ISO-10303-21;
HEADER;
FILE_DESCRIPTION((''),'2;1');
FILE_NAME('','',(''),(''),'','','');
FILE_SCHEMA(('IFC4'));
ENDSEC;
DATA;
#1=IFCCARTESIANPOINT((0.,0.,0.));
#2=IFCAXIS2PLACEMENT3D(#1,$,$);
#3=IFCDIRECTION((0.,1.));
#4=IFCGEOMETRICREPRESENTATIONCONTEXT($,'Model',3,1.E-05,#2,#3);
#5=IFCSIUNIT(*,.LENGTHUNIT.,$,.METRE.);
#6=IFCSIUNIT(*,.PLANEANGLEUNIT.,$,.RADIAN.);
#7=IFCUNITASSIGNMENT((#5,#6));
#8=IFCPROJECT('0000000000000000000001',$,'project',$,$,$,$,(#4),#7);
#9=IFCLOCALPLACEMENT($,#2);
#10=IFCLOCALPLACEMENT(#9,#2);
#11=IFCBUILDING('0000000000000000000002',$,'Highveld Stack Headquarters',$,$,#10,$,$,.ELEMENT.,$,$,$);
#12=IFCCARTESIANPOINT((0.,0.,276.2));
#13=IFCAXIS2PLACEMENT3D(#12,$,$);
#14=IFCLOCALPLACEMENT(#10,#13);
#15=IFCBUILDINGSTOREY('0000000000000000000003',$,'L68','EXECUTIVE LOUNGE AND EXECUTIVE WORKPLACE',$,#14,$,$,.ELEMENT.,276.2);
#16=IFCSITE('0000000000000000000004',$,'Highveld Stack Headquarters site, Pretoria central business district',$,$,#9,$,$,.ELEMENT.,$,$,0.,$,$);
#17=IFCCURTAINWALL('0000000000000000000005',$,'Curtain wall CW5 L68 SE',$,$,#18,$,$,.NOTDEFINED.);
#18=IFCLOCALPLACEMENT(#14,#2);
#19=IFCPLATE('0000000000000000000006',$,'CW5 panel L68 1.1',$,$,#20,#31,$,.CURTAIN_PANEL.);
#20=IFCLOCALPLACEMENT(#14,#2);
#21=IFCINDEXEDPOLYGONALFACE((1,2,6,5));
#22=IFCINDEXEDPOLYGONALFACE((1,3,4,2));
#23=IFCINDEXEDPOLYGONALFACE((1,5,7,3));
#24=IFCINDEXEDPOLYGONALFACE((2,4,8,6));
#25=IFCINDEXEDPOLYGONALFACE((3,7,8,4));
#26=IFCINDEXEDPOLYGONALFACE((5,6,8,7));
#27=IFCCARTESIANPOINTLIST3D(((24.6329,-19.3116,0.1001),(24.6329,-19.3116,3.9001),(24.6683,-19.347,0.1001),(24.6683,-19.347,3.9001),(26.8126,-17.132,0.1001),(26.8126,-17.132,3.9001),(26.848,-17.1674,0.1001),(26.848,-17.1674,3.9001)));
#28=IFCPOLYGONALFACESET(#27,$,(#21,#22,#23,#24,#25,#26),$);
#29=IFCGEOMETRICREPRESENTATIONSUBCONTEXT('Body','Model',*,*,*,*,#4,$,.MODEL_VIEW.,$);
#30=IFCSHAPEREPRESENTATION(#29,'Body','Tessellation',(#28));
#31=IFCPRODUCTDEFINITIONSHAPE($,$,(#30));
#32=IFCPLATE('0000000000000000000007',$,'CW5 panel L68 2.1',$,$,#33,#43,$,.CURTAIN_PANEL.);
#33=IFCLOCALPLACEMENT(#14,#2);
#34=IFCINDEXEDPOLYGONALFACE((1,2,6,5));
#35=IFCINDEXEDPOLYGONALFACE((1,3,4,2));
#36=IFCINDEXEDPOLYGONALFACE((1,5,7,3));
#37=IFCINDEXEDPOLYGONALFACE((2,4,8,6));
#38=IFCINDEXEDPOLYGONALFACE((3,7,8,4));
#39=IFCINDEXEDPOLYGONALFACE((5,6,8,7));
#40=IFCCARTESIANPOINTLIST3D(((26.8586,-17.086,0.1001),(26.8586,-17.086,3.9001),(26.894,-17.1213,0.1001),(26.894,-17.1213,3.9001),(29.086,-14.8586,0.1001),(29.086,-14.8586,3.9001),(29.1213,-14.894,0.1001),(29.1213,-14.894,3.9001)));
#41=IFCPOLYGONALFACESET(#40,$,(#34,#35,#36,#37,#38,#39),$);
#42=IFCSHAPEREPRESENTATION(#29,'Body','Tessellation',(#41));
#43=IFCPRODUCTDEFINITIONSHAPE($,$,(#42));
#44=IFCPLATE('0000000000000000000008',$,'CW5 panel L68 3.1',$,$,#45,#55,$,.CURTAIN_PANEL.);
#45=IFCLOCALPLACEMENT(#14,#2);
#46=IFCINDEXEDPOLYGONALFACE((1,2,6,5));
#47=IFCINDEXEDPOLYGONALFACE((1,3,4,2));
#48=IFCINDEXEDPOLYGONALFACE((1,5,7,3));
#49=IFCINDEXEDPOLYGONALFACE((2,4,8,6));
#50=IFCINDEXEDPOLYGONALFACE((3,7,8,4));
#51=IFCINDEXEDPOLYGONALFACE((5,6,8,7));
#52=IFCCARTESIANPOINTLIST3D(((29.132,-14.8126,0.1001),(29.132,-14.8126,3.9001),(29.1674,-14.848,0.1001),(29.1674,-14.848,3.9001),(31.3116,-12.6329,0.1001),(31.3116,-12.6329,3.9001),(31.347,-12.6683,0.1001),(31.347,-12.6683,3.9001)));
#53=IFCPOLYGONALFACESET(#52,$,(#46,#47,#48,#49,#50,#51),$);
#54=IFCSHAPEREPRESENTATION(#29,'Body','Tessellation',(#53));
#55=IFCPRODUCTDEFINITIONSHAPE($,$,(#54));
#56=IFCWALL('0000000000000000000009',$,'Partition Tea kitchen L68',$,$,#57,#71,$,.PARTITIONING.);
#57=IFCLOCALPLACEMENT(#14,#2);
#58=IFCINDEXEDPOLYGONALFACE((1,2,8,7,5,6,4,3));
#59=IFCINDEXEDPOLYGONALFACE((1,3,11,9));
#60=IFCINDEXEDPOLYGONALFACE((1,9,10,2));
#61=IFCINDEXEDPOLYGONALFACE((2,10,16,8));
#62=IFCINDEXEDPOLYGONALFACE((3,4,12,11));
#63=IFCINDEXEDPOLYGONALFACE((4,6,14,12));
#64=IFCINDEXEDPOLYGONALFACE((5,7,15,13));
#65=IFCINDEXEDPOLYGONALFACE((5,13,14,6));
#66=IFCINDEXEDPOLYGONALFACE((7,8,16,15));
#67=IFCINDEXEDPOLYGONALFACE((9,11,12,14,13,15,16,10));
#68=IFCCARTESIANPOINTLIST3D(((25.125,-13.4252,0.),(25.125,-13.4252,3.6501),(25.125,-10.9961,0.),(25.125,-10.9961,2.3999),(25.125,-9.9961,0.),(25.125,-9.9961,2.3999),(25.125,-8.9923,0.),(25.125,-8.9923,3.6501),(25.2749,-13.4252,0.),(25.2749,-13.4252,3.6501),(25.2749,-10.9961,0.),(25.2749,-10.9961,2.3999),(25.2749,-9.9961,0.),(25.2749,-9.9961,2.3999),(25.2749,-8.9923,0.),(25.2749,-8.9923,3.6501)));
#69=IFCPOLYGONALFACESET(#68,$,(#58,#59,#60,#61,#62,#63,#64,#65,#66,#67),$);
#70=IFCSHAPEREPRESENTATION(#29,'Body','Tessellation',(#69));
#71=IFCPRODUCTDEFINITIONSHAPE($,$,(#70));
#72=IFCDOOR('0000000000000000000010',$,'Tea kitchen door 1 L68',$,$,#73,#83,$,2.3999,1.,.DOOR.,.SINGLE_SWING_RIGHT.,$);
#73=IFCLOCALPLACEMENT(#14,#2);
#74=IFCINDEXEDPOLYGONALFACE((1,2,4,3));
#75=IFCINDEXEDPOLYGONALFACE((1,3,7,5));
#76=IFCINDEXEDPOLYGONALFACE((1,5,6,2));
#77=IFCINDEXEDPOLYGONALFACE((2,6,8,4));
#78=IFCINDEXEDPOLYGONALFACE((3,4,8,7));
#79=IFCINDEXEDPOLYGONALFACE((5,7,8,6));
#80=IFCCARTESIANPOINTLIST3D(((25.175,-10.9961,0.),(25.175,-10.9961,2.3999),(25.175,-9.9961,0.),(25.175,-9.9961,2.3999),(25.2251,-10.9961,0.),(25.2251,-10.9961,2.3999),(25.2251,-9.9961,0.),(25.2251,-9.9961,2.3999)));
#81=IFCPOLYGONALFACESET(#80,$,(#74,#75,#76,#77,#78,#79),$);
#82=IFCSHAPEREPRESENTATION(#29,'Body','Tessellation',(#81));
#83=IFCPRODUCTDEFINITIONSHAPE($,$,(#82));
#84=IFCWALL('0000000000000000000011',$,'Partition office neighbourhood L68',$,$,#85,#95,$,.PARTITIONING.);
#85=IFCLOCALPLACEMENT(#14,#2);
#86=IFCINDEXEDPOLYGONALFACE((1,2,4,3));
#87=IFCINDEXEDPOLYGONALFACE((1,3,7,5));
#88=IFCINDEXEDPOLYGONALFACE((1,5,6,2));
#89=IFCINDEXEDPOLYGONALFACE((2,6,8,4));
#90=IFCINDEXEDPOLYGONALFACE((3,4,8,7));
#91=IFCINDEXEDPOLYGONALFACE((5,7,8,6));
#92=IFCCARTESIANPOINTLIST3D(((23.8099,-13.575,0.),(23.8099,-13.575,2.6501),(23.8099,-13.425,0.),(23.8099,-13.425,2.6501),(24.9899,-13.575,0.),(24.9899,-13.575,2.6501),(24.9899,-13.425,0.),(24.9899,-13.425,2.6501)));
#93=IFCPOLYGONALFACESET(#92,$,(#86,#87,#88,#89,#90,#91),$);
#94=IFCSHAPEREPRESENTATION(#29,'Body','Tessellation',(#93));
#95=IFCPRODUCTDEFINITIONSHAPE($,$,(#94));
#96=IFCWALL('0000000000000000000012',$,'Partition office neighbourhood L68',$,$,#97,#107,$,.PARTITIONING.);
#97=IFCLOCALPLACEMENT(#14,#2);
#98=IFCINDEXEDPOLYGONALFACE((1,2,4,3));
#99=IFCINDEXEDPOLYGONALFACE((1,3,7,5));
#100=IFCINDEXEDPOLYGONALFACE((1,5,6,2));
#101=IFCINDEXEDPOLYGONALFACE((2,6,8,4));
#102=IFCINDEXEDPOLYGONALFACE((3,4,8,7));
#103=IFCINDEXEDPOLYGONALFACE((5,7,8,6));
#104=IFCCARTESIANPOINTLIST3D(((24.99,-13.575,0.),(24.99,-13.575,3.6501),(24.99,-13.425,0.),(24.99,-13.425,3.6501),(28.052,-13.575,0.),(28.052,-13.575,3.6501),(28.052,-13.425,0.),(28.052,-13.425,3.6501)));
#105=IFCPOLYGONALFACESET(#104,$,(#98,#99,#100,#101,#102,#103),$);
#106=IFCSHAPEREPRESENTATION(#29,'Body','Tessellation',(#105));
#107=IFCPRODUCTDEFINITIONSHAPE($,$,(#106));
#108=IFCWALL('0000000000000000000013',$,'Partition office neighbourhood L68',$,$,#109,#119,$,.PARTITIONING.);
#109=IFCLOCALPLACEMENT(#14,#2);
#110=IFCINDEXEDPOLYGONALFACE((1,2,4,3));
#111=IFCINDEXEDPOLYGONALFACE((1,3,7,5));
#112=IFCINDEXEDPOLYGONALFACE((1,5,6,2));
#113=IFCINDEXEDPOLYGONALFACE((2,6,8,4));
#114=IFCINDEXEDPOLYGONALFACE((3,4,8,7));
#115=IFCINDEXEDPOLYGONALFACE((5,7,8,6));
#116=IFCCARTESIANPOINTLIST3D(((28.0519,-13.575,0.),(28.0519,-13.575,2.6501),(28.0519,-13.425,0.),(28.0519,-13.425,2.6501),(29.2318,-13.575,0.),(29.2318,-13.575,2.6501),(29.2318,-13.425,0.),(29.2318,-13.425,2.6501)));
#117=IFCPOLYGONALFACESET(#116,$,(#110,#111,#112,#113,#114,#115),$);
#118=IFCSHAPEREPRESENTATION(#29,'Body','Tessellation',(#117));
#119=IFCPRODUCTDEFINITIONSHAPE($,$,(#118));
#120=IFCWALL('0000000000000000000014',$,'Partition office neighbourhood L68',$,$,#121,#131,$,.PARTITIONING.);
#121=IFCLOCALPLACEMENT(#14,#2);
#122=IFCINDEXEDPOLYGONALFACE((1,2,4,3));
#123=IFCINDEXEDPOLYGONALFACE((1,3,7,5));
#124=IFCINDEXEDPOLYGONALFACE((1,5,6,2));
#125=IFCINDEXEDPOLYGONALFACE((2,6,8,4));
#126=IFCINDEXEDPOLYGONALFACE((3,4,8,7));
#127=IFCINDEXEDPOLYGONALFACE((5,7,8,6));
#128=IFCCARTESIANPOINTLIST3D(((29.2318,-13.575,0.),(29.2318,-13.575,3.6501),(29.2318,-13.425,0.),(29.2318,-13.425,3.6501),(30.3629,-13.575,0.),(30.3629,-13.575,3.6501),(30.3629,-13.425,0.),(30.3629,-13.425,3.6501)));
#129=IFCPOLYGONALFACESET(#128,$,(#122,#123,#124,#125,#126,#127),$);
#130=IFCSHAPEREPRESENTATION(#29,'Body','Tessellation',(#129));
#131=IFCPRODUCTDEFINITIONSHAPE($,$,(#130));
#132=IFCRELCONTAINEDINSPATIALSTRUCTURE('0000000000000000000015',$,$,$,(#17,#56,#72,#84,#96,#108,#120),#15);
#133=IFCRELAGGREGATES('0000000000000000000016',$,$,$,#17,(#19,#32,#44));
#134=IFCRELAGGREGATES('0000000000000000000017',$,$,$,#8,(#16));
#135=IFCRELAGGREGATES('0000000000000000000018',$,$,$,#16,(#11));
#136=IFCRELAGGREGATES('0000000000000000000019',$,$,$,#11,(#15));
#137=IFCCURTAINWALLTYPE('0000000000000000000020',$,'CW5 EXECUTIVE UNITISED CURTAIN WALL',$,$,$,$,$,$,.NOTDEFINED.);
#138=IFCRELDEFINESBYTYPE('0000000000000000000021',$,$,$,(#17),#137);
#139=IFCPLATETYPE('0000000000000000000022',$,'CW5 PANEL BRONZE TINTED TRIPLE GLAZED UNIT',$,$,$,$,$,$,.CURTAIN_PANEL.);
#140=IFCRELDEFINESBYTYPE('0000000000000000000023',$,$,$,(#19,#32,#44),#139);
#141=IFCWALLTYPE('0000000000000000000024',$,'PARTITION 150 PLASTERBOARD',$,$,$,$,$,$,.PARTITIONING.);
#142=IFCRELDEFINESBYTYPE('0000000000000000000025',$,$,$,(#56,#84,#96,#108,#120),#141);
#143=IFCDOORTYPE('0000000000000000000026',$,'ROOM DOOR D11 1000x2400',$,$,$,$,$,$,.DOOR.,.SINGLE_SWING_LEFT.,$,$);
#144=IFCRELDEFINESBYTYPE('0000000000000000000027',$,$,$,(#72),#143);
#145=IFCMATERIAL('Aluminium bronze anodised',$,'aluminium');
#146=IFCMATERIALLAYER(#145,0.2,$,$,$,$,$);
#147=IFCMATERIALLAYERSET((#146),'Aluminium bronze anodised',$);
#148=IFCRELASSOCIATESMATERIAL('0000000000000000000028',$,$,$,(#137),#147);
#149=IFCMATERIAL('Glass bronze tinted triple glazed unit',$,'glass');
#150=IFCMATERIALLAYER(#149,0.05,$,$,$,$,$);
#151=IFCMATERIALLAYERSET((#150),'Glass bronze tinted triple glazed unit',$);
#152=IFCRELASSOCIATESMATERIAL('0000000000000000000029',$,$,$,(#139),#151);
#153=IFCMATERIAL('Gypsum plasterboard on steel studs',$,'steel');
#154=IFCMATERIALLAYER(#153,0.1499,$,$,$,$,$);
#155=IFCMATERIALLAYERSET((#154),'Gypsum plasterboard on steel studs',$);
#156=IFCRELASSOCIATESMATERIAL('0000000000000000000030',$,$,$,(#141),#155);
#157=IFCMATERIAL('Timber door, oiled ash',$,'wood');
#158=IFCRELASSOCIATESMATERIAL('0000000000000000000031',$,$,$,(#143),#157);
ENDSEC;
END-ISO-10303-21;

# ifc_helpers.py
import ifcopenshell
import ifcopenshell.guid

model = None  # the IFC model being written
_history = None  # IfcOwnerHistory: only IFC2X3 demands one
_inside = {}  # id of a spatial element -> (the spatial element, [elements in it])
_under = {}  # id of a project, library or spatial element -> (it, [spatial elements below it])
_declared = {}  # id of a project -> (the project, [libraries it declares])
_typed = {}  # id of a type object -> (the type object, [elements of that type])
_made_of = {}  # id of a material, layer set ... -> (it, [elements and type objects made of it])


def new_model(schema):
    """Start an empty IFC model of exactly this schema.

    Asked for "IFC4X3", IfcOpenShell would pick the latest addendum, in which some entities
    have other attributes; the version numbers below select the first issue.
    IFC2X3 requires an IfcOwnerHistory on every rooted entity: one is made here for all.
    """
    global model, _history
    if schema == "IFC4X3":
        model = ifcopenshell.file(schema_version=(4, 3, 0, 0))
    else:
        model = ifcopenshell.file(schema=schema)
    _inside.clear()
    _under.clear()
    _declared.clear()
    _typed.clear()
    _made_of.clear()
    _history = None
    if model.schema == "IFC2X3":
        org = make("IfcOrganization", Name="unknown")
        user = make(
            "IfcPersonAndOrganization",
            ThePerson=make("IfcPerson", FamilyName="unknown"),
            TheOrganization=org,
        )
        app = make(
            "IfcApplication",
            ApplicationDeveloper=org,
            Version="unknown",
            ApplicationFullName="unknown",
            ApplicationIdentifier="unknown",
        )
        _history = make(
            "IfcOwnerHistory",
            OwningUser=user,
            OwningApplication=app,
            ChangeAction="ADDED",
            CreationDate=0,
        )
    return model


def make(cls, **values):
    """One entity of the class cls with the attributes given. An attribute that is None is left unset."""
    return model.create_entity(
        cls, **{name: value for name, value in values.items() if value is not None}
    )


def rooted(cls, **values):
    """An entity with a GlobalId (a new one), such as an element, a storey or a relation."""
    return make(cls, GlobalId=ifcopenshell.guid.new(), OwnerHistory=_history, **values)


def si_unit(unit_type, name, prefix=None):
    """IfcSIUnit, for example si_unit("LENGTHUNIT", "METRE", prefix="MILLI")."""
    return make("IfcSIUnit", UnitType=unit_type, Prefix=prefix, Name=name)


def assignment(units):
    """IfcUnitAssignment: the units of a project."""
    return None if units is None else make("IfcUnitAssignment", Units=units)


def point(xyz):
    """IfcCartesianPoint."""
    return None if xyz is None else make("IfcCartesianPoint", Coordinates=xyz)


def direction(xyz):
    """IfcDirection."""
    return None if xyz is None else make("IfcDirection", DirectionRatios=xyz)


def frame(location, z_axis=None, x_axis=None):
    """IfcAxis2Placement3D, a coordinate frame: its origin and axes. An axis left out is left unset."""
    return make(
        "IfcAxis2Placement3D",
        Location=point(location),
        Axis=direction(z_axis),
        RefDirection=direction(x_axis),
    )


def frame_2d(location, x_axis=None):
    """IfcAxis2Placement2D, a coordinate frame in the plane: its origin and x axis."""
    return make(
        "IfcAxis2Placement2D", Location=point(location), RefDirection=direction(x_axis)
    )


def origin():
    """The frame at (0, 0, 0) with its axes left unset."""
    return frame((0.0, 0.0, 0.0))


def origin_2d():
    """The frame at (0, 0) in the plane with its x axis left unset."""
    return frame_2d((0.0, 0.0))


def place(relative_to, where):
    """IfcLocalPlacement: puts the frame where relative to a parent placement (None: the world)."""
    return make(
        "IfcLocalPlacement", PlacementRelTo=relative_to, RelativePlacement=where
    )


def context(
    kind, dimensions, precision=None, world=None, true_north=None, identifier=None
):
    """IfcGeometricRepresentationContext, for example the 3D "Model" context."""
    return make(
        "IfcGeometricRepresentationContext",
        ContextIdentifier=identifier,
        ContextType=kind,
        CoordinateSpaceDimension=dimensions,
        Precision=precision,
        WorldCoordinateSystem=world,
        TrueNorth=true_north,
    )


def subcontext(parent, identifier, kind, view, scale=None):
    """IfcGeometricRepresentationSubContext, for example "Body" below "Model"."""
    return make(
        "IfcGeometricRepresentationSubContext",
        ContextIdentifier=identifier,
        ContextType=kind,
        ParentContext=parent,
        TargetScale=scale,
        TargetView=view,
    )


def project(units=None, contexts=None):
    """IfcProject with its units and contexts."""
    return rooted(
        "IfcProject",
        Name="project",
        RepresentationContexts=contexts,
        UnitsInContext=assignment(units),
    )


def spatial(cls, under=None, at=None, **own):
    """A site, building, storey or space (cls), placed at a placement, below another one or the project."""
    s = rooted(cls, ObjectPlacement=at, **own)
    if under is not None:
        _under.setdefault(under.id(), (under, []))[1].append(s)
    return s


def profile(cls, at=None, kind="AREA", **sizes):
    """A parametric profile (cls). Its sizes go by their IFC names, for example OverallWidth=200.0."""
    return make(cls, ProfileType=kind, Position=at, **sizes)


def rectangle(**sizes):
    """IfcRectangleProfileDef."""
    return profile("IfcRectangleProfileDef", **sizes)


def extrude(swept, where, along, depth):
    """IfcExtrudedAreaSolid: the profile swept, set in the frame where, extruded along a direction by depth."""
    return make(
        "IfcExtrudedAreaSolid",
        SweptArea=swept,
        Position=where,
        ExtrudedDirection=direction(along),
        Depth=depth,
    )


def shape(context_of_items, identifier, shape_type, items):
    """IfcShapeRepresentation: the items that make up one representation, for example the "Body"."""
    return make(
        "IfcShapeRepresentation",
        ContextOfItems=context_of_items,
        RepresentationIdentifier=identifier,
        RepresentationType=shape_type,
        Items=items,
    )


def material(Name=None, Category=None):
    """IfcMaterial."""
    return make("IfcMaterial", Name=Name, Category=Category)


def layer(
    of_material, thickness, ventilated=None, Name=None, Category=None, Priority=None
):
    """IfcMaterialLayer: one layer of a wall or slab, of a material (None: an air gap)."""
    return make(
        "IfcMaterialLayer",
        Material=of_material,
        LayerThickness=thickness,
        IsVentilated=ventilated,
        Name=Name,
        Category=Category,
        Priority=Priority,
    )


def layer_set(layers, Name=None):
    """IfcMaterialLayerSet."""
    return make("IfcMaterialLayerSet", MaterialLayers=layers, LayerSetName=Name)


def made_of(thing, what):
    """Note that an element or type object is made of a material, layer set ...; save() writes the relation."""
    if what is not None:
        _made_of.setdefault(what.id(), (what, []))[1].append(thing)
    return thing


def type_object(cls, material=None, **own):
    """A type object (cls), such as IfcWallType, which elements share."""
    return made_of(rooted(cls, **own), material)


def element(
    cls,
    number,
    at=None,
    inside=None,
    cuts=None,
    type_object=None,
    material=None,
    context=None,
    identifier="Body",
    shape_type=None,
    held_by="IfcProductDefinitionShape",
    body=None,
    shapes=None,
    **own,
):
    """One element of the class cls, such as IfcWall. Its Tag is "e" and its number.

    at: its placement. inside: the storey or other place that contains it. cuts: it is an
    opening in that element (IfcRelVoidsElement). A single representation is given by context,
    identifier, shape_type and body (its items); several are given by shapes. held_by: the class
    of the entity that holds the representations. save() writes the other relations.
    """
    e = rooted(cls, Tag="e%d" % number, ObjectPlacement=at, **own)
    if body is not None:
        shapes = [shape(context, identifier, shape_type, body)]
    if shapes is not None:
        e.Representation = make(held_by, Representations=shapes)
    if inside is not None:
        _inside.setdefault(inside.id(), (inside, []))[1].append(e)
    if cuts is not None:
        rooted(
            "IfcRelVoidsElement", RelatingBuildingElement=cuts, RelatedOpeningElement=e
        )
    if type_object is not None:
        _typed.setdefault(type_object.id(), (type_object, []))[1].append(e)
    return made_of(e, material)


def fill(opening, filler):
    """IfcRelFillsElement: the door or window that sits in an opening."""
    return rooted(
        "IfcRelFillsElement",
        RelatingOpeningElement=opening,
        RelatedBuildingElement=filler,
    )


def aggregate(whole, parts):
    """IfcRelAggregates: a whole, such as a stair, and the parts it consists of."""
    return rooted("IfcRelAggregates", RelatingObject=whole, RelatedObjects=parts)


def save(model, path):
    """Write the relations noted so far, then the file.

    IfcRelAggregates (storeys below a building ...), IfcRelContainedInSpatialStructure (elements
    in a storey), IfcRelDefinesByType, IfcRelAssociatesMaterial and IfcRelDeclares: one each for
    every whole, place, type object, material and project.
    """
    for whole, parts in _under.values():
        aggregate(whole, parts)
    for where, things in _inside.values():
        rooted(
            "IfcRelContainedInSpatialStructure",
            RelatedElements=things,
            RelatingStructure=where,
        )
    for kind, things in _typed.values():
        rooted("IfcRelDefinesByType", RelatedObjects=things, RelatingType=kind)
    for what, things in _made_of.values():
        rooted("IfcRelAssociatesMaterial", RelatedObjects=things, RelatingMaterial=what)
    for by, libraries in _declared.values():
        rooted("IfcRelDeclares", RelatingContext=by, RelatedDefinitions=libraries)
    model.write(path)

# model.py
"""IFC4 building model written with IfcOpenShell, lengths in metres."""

from ifc_helpers import new_model, si_unit, direction, frame, frame_2d, origin, origin_2d, place, context, subcontext, project, spatial, rectangle, extrude, material, layer, layer_set, type_object, element, fill, aggregate, save


model = new_model("IFC4")

# Units and contexts
model_context = context("Model", 3, precision=1e-05, world=origin(), true_north=direction((0.0, 1.0)))
body_context = subcontext(model_context, "Body", "Model", "MODEL_VIEW")
ifc_project = project(units=[si_unit("LENGTHUNIT", "METRE"), si_unit("PLANEANGLEUNIT", "RADIAN")], contexts=[model_context])

# Site, building, storey
site_placement = place(None, origin())
site = spatial("IfcSite", under=ifc_project, at=site_placement, Name="Highveld Stack Headquarters site, Pretoria central business district", CompositionType="ELEMENT", RefElevation=0.0)
building_placement = place(site_placement, origin())
building = spatial("IfcBuilding", under=site, at=building_placement, Name="Highveld Stack Headquarters", CompositionType="ELEMENT")
storey_placement = place(building_placement, frame((0.0, 0.0, 276.2)))
storey = spatial("IfcBuildingStorey", under=building, at=storey_placement, Name="L68", Description="EXECUTIVE LOUNGE AND EXECUTIVE WORKPLACE", CompositionType="ELEMENT", Elevation=276.2)

# Shared definitions
ifc_material_1 = material(Name="Aluminium bronze anodised", Category="aluminium")
ifc_layer_1 = layer(ifc_material_1, 0.2)
ifc_layer_set_1 = layer_set([ifc_layer_1], Name="Aluminium bronze anodised")
curtain_wall_type = type_object("IfcCurtainWallType", Name="CW5 EXECUTIVE UNITISED CURTAIN WALL", PredefinedType="NOTDEFINED", material=ifc_layer_set_1)

# Curtain wall
curtain_wall_1_placement = place(storey_placement, origin())
curtain_wall_1 = element("IfcCurtainWall", 1, at=curtain_wall_1_placement, inside=storey, type_object=curtain_wall_type, Name="Curtain wall CW5 L68 SE", PredefinedType="NOTDEFINED")

# Plates
ifc_material_2 = material(Name="Glass bronze tinted triple glazed unit", Category="glass")
ifc_layer_2 = layer(ifc_material_2, 0.05)
ifc_layer_set_2 = layer_set([ifc_layer_2], Name="Glass bronze tinted triple glazed unit")
plate_type = type_object("IfcPlateType", Name="CW5 PANEL BRONZE TINTED TRIPLE GLAZED UNIT", PredefinedType="CURTAIN_PANEL", material=ifc_layer_set_2)
plate_1_placement = place(storey_placement, frame((25.7405, -18.2395, 0.1001), z_axis=(0.0, 0.0, 1.0), x_axis=(0.707107, 0.707107, 0.0)))
plate_1 = element("IfcPlate", 2, at=plate_1_placement, type_object=plate_type, Name="CW5 panel L68 1.1", PredefinedType="CURTAIN_PANEL", context=body_context, shape_type="SweptSolid", body=[
    extrude(rectangle(XDim=3.0825, YDim=0.05, at=origin_2d()), origin(), (0.0, 0.0, 1.0), 3.8),
])
plate_2_placement = place(storey_placement, frame((27.99, -15.99, 0.1001), z_axis=(0.0, 0.0, 1.0), x_axis=(0.707107, 0.707107, 0.0)))
plate_2 = element("IfcPlate", 3, at=plate_2_placement, type_object=plate_type, Name="CW5 panel L68 2.1", PredefinedType="CURTAIN_PANEL", context=body_context, shape_type="SweptSolid", body=[
    extrude(rectangle(XDim=3.1499, YDim=0.05, at=origin_2d()), origin(), (0.0, 0.0, 1.0), 3.8),
])
plate_3_placement = place(storey_placement, frame((30.2395, -13.7405, 0.1001), z_axis=(0.0, 0.0, 1.0), x_axis=(0.707107, 0.707107, 0.0)))
plate_3 = element("IfcPlate", 4, at=plate_3_placement, type_object=plate_type, Name="CW5 panel L68 3.1", PredefinedType="CURTAIN_PANEL", context=body_context, shape_type="SweptSolid", body=[
    extrude(rectangle(XDim=3.0825, YDim=0.05, at=origin_2d()), origin(), (0.0, 0.0, 1.0), 3.8),
])
aggregate(curtain_wall_1, [plate_1, plate_2, plate_3])

# Wall, opening, door
ifc_material_3 = material(Name="Gypsum plasterboard on steel studs", Category="steel")
ifc_layer_3 = layer(ifc_material_3, 0.1499)
ifc_layer_set_3 = layer_set([ifc_layer_3], Name="Gypsum plasterboard on steel studs")
wall_type = type_object("IfcWallType", Name="PARTITION 150 PLASTERBOARD", PredefinedType="PARTITIONING", material=ifc_layer_set_3)
wall_1_placement = place(storey_placement, frame((25.2, -13.425, 0.0), z_axis=(0.0, 0.0, 1.0), x_axis=(0.0, 1.0, 0.0)))
wall_1 = element("IfcWall", 5, at=wall_1_placement, inside=storey, type_object=wall_type, Name="Partition Tea kitchen L68", PredefinedType="PARTITIONING", context=body_context, shape_type="SweptSolid", body=[
    extrude(rectangle(XDim=4.4329, YDim=0.1499, at=frame_2d((2.2163, 0.0))), origin(), (0.0, 0.0, 1.0), 3.6501),
])
opening_placement = place(wall_1_placement, frame((2.429, 0.0, 0.0)))
opening = element("IfcOpeningElement", 6, at=opening_placement, cuts=wall_1, PredefinedType="OPENING", context=body_context, shape_type="SweptSolid", body=[
    extrude(rectangle(XDim=1.0, YDim=2.3999, at=frame_2d((0.5, 1.2))), frame((0.0, 0.085, 0.0), z_axis=(0.0, -1.0, 0.0), x_axis=(1.0, 0.0, 0.0)), (0.0, 0.0, 1.0), 0.1699),
])
ifc_material_4 = material(Name="Timber door, oiled ash", Category="wood")
door_type = type_object("IfcDoorType", Name="ROOM DOOR D11 1000x2400", OperationType="SINGLE_SWING_LEFT", PredefinedType="DOOR", material=ifc_material_4)
door_placement = place(opening_placement, origin())
door = element("IfcDoor", 7, at=door_placement, inside=storey, type_object=door_type, Name="Tea kitchen door 1 L68", OperationType="SINGLE_SWING_RIGHT", OverallHeight=2.3999, OverallWidth=1.0, PredefinedType="DOOR", context=body_context, shape_type="SweptSolid", body=[
    extrude(rectangle(XDim=1.0, YDim=2.3999, at=frame_2d((0.5, 1.2))), frame((0.0, 0.0249, 0.0), z_axis=(0.0, -1.0, 0.0), x_axis=(1.0, 0.0, 0.0)), (0.0, 0.0, 1.0), 0.05),
])
fill(opening, door)

# Walls
wall_2_placement = place(storey_placement, frame((23.8101, -13.5, 0.0), z_axis=(0.0, 0.0, 1.0), x_axis=(1.0, 0.0, 0.0)))
element("IfcWall", 8, at=wall_2_placement, inside=storey, type_object=wall_type, Name="Partition office neighbourhood L68", PredefinedType="PARTITIONING", context=body_context, shape_type="SweptSolid", body=[
    extrude(rectangle(XDim=1.1799, YDim=0.1499, at=frame_2d((0.5898, 0.0))), origin(), (0.0, 0.0, 1.0), 2.6501),
])
wall_3_placement = place(storey_placement, frame((24.99, -13.5, 0.0), z_axis=(0.0, 0.0, 1.0), x_axis=(1.0, 0.0, 0.0)))
element("IfcWall", 9, at=wall_3_placement, inside=storey, type_object=wall_type, Name="Partition office neighbourhood L68", PredefinedType="PARTITIONING", context=body_context, shape_type="SweptSolid", body=[
    extrude(rectangle(XDim=3.062, YDim=0.1499, at=frame_2d((1.531, 0.0))), origin(), (0.0, 0.0, 1.0), 3.6501),
])
wall_4_placement = place(storey_placement, frame((28.052, -13.5, 0.0), z_axis=(0.0, 0.0, 1.0), x_axis=(1.0, 0.0, 0.0)))
element("IfcWall", 10, at=wall_4_placement, inside=storey, type_object=wall_type, Name="Partition office neighbourhood L68", PredefinedType="PARTITIONING", context=body_context, shape_type="SweptSolid", body=[
    extrude(rectangle(XDim=1.1799, YDim=0.1499, at=frame_2d((0.5898, 0.0))), origin(), (0.0, 0.0, 1.0), 2.6501),
])
wall_5_placement = place(storey_placement, frame((29.2319, -13.5, 0.0), z_axis=(0.0, 0.0, 1.0), x_axis=(1.0, 0.0, 0.0)))
element("IfcWall", 11, at=wall_5_placement, inside=storey, type_object=wall_type, Name="Partition office neighbourhood L68", PredefinedType="PARTITIONING", context=body_context, shape_type="SweptSolid", body=[
    extrude(rectangle(XDim=1.1311, YDim=0.1499, at=frame_2d((0.5654, 0.0))), origin(), (0.0, 0.0, 1.0), 3.6501),
])

save(model, "model.ifc")
